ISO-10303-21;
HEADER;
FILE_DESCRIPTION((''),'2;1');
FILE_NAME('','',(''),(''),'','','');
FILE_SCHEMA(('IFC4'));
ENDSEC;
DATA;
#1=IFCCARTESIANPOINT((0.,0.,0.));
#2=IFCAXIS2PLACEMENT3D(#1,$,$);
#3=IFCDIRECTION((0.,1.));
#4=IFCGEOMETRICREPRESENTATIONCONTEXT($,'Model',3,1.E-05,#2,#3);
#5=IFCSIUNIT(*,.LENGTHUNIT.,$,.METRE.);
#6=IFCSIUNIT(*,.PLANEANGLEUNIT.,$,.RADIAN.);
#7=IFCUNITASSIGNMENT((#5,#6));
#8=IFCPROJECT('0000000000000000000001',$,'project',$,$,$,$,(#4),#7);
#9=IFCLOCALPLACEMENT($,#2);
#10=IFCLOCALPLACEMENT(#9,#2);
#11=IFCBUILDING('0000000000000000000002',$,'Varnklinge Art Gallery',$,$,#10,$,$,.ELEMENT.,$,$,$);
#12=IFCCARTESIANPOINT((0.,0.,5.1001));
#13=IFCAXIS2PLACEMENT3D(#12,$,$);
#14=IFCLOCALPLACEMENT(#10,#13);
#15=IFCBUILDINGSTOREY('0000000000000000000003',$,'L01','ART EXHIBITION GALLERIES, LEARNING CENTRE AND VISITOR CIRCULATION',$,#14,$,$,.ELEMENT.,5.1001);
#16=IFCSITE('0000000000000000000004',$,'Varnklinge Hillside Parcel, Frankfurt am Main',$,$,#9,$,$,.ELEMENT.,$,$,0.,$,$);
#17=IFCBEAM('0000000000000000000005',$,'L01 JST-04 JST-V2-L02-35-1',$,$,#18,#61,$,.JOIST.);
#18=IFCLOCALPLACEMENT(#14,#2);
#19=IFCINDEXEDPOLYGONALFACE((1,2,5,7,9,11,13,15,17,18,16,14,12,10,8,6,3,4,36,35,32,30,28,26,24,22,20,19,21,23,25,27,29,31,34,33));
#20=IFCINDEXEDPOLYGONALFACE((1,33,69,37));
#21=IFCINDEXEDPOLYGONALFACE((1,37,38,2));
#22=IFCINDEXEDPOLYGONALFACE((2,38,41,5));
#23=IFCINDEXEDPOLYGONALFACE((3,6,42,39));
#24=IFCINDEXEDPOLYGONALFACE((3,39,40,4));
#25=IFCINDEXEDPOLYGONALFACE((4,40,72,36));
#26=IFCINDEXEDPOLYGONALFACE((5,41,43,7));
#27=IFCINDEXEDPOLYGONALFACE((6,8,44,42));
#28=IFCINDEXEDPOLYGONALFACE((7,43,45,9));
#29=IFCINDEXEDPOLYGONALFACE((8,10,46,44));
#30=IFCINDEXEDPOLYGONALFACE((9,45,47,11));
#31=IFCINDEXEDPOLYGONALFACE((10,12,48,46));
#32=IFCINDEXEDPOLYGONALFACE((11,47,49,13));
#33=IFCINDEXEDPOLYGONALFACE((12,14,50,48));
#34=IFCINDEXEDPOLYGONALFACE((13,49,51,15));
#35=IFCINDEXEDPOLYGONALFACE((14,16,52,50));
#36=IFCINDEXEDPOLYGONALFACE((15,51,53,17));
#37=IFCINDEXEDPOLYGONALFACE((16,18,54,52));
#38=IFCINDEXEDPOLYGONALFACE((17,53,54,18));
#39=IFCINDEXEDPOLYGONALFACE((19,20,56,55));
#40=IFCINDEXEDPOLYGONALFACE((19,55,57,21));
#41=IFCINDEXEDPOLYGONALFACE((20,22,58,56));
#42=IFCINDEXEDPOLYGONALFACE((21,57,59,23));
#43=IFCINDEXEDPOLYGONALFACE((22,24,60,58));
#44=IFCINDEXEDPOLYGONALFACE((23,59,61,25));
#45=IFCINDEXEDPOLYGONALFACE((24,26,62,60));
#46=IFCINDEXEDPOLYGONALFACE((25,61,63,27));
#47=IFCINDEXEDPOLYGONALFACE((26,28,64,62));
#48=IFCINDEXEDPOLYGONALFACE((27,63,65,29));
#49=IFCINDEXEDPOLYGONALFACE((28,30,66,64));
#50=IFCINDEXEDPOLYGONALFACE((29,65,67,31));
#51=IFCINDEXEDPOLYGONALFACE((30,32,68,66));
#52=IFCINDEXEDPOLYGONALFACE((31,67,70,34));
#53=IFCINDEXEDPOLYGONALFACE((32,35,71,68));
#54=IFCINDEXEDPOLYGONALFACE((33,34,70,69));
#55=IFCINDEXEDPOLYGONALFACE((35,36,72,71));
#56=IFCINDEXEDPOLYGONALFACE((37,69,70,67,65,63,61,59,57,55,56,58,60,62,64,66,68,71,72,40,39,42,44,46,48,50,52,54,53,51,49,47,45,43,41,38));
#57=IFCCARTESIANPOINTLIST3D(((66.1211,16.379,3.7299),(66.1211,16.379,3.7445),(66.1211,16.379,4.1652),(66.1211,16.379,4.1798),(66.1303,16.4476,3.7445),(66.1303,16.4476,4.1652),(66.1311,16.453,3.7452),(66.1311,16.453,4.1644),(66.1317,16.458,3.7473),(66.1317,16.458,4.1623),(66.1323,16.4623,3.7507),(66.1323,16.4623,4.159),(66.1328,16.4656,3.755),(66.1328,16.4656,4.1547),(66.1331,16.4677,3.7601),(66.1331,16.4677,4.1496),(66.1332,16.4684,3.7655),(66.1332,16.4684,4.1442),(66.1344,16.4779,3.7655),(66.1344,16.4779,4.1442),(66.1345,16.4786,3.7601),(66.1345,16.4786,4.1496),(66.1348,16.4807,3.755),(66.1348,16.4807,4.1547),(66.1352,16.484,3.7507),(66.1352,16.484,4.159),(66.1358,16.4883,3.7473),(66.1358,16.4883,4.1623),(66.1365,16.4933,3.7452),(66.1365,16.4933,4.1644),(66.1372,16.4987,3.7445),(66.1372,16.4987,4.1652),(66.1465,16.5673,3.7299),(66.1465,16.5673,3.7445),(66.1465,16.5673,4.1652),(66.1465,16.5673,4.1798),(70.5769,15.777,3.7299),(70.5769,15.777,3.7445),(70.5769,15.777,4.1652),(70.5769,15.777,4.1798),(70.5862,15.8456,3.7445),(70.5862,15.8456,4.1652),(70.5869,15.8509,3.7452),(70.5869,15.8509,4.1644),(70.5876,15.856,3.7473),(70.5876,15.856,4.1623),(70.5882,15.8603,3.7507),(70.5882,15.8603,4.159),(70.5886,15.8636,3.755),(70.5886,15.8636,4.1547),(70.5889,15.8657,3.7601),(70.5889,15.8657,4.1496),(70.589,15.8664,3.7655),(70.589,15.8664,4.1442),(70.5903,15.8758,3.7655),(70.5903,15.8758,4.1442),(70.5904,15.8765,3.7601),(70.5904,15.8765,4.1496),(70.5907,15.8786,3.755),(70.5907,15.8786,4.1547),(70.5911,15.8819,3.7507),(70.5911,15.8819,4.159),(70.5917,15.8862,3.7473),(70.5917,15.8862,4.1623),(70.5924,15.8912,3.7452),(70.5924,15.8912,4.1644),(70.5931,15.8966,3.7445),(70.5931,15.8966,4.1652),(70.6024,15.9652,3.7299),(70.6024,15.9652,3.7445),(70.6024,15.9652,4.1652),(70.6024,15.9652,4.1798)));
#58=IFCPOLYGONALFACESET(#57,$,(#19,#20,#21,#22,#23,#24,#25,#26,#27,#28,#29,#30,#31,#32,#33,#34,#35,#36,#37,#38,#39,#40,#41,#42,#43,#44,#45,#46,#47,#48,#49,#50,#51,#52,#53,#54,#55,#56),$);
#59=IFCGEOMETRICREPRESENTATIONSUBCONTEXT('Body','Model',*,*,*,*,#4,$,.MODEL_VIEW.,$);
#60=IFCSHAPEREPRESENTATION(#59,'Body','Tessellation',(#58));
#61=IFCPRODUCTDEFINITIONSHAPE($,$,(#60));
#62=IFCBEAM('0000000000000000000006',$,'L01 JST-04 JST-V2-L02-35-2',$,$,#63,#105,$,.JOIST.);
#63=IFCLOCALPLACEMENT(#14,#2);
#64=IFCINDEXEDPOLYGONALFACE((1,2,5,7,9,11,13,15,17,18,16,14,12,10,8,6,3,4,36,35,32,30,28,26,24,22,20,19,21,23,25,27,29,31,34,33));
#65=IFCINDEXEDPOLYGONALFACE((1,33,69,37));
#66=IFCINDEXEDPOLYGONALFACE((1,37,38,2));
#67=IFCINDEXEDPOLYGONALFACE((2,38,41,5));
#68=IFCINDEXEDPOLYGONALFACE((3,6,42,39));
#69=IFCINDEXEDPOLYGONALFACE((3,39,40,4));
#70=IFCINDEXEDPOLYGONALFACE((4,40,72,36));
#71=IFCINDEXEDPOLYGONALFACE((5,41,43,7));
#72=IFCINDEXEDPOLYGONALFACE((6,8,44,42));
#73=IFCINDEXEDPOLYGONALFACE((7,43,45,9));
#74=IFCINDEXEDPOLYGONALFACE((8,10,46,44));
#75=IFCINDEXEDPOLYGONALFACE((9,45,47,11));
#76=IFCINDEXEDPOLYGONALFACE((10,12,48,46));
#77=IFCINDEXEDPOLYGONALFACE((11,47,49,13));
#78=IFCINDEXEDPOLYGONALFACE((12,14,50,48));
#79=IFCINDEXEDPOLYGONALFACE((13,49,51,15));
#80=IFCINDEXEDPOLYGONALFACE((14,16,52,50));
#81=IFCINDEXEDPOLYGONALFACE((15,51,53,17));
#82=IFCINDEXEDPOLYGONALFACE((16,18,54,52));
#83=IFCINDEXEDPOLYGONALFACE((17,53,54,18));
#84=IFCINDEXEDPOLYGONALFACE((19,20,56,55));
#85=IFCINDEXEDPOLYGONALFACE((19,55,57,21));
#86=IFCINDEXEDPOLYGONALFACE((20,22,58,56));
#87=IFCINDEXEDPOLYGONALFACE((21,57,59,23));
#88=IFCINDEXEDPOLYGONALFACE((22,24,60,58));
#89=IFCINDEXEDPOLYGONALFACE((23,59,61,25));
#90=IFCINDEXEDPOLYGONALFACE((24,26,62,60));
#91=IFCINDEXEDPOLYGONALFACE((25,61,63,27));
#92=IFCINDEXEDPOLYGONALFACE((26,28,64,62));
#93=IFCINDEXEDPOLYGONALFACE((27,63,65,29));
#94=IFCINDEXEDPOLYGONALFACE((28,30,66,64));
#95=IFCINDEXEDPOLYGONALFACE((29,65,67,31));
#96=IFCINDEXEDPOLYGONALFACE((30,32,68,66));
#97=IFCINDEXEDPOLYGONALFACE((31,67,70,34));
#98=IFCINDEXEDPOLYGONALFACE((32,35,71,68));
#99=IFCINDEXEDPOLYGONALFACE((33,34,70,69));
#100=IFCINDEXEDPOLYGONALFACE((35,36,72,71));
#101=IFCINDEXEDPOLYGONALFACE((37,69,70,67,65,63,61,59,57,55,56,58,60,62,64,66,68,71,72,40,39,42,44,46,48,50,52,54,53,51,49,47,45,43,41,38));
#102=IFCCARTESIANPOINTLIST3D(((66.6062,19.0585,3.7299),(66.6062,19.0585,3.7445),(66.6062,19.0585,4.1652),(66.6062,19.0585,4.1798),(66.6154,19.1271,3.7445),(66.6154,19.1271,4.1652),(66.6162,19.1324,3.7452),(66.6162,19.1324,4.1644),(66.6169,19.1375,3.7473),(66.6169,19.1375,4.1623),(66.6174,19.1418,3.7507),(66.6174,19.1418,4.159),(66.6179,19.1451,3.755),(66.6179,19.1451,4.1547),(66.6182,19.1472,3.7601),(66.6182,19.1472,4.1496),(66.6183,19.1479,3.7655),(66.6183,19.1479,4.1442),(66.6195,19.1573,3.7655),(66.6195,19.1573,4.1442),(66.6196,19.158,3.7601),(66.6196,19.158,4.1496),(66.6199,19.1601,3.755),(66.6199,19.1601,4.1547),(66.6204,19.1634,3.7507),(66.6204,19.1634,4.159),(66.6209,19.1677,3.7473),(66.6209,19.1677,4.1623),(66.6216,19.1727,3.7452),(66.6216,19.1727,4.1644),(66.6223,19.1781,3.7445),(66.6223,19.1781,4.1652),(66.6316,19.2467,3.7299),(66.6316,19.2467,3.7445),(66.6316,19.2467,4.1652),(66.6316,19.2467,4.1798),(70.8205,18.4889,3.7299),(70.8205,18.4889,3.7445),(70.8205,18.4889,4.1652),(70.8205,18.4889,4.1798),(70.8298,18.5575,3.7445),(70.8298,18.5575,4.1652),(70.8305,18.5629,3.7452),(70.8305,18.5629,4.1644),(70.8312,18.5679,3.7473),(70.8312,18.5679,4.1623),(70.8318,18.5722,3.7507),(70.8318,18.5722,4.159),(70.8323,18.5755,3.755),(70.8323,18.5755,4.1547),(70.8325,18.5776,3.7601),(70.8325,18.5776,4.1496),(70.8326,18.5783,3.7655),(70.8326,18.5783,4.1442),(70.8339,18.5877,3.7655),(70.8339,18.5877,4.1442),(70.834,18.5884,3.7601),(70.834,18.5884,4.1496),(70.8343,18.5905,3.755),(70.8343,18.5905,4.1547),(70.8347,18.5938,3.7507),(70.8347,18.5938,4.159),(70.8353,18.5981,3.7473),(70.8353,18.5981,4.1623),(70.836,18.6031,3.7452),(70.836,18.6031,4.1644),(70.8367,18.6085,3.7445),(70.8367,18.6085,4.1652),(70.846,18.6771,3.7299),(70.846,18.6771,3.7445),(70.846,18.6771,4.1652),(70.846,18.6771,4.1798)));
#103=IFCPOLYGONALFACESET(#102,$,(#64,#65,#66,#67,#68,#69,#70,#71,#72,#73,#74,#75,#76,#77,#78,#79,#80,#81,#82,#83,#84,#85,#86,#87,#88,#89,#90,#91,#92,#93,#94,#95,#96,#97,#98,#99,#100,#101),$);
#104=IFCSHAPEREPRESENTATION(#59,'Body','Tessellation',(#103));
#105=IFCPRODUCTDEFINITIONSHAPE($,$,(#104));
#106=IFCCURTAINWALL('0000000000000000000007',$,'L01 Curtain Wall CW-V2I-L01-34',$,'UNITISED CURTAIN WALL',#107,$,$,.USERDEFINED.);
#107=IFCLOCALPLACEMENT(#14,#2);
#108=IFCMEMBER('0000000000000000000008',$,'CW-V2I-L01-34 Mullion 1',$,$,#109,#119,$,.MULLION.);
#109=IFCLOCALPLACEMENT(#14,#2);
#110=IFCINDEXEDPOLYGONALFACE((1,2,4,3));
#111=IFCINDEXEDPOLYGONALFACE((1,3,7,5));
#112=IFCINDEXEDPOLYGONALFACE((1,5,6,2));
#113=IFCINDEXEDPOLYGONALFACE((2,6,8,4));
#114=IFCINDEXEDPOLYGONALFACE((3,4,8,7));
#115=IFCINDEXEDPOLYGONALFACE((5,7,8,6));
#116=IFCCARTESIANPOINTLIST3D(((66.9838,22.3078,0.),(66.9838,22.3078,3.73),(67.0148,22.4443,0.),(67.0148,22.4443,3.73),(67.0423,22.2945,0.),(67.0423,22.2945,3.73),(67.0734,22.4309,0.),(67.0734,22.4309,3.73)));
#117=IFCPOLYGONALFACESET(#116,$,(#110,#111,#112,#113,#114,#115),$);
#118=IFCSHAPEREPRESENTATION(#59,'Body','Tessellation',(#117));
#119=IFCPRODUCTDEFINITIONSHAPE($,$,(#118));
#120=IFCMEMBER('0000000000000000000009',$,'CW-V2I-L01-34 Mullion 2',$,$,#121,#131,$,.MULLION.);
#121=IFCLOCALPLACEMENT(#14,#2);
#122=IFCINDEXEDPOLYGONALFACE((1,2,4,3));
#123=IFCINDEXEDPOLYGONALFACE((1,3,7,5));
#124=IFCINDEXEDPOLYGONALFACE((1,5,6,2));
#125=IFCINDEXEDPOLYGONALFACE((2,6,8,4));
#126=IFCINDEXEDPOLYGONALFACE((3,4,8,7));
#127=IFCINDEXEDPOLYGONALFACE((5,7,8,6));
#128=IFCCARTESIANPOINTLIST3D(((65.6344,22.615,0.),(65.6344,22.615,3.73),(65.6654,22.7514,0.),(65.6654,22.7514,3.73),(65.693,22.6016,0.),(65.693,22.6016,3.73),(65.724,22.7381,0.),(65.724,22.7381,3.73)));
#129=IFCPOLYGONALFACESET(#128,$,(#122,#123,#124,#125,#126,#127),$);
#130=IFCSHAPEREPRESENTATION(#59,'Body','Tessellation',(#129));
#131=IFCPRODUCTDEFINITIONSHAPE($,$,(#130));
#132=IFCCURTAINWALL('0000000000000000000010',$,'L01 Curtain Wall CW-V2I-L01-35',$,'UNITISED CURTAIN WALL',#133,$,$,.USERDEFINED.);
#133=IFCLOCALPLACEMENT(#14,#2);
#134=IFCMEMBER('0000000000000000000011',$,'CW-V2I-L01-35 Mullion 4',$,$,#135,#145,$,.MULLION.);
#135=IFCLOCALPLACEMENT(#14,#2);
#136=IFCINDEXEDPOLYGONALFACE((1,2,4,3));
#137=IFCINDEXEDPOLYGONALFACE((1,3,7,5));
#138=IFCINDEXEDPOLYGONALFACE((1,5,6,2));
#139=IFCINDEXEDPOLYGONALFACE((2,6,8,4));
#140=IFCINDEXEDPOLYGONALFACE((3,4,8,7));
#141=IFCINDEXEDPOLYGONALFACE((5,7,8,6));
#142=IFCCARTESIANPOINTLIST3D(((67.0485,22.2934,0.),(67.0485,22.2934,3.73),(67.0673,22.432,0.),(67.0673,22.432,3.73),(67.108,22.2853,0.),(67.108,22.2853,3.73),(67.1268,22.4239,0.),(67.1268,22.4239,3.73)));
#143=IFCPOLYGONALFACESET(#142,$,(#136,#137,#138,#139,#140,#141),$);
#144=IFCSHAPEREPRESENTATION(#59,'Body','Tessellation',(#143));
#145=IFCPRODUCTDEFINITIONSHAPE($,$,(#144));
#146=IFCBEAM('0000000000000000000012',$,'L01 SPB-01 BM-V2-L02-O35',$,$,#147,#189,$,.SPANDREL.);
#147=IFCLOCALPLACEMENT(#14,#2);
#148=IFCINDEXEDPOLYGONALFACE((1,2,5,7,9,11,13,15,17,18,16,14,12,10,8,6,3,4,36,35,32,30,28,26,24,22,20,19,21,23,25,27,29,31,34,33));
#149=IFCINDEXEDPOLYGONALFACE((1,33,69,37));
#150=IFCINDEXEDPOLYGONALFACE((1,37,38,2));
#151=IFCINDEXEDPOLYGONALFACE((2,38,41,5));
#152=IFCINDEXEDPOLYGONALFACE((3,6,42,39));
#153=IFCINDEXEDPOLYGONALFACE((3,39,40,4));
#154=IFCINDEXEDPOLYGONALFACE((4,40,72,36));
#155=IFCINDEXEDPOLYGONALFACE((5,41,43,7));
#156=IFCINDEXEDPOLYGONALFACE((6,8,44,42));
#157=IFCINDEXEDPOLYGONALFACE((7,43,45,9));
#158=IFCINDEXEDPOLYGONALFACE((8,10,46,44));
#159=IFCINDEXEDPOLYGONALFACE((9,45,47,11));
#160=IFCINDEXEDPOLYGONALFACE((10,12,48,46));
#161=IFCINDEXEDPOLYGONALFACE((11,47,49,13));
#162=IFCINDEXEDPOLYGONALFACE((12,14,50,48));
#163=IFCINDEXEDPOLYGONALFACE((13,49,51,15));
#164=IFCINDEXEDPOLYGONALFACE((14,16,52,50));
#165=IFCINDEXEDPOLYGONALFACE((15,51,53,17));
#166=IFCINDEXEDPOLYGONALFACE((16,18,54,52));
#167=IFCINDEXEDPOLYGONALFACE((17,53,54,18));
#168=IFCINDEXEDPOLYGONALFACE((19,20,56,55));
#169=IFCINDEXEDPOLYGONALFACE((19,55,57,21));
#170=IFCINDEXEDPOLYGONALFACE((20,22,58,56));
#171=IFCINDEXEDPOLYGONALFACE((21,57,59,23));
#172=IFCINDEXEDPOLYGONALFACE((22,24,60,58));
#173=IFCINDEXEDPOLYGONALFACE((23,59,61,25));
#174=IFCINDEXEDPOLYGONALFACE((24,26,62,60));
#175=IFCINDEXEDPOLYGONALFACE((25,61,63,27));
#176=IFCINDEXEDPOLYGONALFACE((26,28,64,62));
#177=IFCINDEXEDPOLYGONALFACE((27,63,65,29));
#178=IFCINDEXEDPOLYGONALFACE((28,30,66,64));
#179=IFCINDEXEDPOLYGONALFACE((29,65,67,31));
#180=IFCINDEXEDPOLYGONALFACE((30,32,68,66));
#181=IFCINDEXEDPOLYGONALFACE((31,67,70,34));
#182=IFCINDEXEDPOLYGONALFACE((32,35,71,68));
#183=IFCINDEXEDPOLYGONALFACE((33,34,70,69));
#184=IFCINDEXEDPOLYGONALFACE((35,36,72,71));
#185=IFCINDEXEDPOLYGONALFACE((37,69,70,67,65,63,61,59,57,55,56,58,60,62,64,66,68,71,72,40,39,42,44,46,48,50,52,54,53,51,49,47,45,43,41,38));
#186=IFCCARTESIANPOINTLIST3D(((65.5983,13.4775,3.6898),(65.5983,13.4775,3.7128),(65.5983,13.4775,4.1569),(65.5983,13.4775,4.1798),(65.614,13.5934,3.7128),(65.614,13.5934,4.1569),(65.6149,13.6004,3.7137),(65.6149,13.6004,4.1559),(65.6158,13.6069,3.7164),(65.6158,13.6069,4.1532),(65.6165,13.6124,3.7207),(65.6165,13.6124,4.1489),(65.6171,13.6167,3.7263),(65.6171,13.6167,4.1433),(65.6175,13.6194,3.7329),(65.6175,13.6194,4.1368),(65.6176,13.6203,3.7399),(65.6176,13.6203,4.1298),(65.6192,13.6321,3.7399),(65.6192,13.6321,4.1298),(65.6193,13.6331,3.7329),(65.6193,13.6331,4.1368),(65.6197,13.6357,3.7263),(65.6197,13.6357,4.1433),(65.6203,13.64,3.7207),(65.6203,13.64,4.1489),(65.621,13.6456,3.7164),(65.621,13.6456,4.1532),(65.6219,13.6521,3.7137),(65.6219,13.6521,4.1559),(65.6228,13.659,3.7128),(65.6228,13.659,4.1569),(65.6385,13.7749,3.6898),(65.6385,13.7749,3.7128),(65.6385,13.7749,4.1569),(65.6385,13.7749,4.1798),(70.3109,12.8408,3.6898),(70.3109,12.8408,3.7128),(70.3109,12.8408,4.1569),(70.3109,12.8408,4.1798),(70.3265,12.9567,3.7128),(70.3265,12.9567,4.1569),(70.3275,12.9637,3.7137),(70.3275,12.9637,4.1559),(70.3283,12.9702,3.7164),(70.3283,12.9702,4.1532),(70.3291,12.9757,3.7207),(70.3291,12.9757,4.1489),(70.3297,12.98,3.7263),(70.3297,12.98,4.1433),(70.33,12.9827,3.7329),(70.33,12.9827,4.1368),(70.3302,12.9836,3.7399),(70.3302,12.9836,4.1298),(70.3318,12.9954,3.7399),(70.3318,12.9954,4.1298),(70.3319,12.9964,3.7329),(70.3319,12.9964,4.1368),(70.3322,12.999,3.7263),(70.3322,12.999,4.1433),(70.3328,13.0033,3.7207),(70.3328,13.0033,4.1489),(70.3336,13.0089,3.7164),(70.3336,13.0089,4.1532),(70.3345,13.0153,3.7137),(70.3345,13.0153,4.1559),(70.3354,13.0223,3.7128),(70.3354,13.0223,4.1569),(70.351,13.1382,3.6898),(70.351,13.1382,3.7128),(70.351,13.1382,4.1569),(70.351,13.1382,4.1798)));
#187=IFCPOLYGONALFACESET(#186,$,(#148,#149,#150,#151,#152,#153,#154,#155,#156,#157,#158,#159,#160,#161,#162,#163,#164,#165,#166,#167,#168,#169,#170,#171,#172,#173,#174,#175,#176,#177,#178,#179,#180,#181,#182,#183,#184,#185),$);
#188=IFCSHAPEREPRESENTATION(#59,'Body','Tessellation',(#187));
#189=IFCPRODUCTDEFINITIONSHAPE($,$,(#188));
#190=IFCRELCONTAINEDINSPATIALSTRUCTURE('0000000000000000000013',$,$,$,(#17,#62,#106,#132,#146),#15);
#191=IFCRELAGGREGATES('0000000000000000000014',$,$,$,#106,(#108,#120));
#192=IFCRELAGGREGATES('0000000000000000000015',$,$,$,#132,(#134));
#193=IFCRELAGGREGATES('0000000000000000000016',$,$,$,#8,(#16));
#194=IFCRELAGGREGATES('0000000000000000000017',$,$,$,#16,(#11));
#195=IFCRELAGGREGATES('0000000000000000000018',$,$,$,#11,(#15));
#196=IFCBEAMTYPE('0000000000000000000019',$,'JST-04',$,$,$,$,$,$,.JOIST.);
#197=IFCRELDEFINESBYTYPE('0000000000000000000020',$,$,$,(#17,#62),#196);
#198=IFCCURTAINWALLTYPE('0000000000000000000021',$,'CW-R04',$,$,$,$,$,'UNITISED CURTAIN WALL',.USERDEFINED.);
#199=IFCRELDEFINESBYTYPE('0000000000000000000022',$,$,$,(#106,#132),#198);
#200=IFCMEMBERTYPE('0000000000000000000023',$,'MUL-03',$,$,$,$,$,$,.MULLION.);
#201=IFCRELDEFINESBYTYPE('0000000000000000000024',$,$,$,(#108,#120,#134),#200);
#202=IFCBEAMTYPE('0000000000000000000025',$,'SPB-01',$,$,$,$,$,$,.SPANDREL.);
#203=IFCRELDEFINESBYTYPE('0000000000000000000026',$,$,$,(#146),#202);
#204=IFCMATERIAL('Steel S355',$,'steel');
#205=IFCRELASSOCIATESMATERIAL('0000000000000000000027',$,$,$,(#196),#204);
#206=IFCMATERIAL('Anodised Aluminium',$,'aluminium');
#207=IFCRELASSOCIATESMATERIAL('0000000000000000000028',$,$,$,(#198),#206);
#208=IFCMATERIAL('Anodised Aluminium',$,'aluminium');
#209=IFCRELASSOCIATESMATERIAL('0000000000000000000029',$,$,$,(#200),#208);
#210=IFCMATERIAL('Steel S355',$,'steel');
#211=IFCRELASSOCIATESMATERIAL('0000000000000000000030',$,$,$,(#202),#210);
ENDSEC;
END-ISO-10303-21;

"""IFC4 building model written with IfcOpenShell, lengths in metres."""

from ifc_helpers import new_model, si_unit, direction, frame, origin, origin_2d, place, context, subcontext, project, spatial, rectangle, i_section, extrude, material, material_profile, profile_set, type_object, element, aggregate, save


model = new_model("IFC4")

# Units and contexts
model_context = context("Model", 3, precision=1e-05, world=origin(), true_north=direction((0.0, 1.0)))
body_context = subcontext(model_context, "Body", "Model", "MODEL_VIEW")
ifc_project = project(units=[si_unit("LENGTHUNIT", "METRE"), si_unit("PLANEANGLEUNIT", "RADIAN")], contexts=[model_context])

# Site, building, storey
site_placement = place(None, origin())
site = spatial("IfcSite", under=ifc_project, at=site_placement, Name="Varnklinge Hillside Parcel, Frankfurt am Main", CompositionType="ELEMENT", RefElevation=0.0)
building_placement = place(site_placement, origin())
building = spatial("IfcBuilding", under=site, at=building_placement, Name="Varnklinge Art Gallery", CompositionType="ELEMENT")
storey_placement = place(building_placement, frame((0.0, 0.0, 5.1001)))
storey = spatial("IfcBuildingStorey", under=building, at=storey_placement, Name="L01", Description="ART EXHIBITION GALLERIES, LEARNING CENTRE AND VISITOR CIRCULATION", CompositionType="ELEMENT", Elevation=5.1001)

# Beams
ifc_material_1 = material(Name="Steel S355", Category="steel")
ifc_material_profile_1 = material_profile(ifc_material_1, i_section(OverallWidth=0.1899, OverallDepth=0.45, WebThickness=0.0095, FlangeThickness=0.0146, FilletRadius=0.021, at=origin_2d()), Name="IPE 450")
ifc_profile_set_1 = profile_set([ifc_material_profile_1], Name="Steel S355")
beam_type_1 = type_object("IfcBeamType", Name="JST-04", PredefinedType="JOIST", material=ifc_profile_set_1)
beam_1_placement = place(storey_placement, frame((66.1338, 16.4731, 3.9548), z_axis=(0.990995, -0.133899, 0.0), x_axis=(0.133899, 0.990995, 0.0)))
element("IfcBeam", 1, at=beam_1_placement, inside=storey, type_object=beam_type_1, Name="L01 JST-04 JST-V2-L02-35-1", PredefinedType="JOIST", context=body_context, shape_type="SweptSolid", body=[
    extrude(i_section(OverallWidth=0.1899, OverallDepth=0.45, WebThickness=0.0095, FlangeThickness=0.0146, FilletRadius=0.021, at=origin_2d()), origin(), (0.0, 0.0, 1.0), 4.4963),
])
beam_2_placement = place(storey_placement, frame((66.6189, 19.1526, 3.9548), z_axis=(0.99099, -0.133935, 0.0), x_axis=(0.133935, 0.99099, 0.0)))
element("IfcBeam", 2, at=beam_2_placement, inside=storey, type_object=beam_type_1, Name="L01 JST-04 JST-V2-L02-35-2", PredefinedType="JOIST", context=body_context, shape_type="SweptSolid", body=[
    extrude(i_section(OverallWidth=0.1899, OverallDepth=0.45, WebThickness=0.0095, FlangeThickness=0.0146, FilletRadius=0.021, at=origin_2d()), origin(), (0.0, 0.0, 1.0), 4.2527),
])

# Curtain wall, members
ifc_material_2 = material(Name="Anodised Aluminium", Category="aluminium")
curtain_wall_type = type_object("IfcCurtainWallType", Name="CW-R04", ElementType="UNITISED CURTAIN WALL", PredefinedType="USERDEFINED", material=ifc_material_2)
curtain_wall_1_placement = place(storey_placement, origin())
curtain_wall_1 = element("IfcCurtainWall", 3, at=curtain_wall_1_placement, inside=storey, type_object=curtain_wall_type, Name="L01 Curtain Wall CW-V2I-L01-34", ObjectType="UNITISED CURTAIN WALL", PredefinedType="USERDEFINED")
ifc_material_3 = material(Name="Anodised Aluminium", Category="aluminium")
ifc_material_profile_2 = material_profile(ifc_material_3, rectangle(XDim=0.0601, YDim=0.1399, at=origin_2d()), Name="ALU 60x140")
ifc_profile_set_2 = profile_set([ifc_material_profile_2], Name="Anodised Aluminium")
member_type_1 = type_object("IfcMemberType", Name="MUL-03", PredefinedType="MULLION", material=ifc_profile_set_2)
member_1_placement = place(storey_placement, frame((67.0286, 22.3694, 0.0), z_axis=(0.0, 0.0, 1.0), x_axis=(-0.975072, 0.221889, 0.0)))
member_1 = element("IfcMember", 4, at=member_1_placement, type_object=member_type_1, Name="CW-V2I-L01-34 Mullion 1", PredefinedType="MULLION", context=body_context, shape_type="SweptSolid", body=[
    extrude(rectangle(XDim=0.0601, YDim=0.1399, at=origin_2d()), origin(), (0.0, 0.0, 1.0), 3.73),
])
member_2_placement = place(storey_placement, frame((65.6792, 22.6765, 0.0), z_axis=(0.0, 0.0, 1.0), x_axis=(-0.975072, 0.221889, 0.0)))
member_2 = element("IfcMember", 5, at=member_2_placement, type_object=member_type_1, Name="CW-V2I-L01-34 Mullion 2", PredefinedType="MULLION", context=body_context, shape_type="SweptSolid", body=[
    extrude(rectangle(XDim=0.0601, YDim=0.1399, at=origin_2d()), origin(), (0.0, 0.0, 1.0), 3.73),
])

# Curtain wall, member
curtain_wall_2_placement = place(storey_placement, origin())
curtain_wall_2 = element("IfcCurtainWall", 6, at=curtain_wall_2_placement, inside=storey, type_object=curtain_wall_type, Name="L01 Curtain Wall CW-V2I-L01-35", ObjectType="UNITISED CURTAIN WALL", PredefinedType="USERDEFINED")
member_3_placement = place(storey_placement, frame((67.0876, 22.3586, 0.0), z_axis=(0.0, 0.0, 1.0), x_axis=(-0.990983, 0.133986, 0.0)))
member_3 = element("IfcMember", 7, at=member_3_placement, type_object=member_type_1, Name="CW-V2I-L01-35 Mullion 4", PredefinedType="MULLION", context=body_context, shape_type="SweptSolid", body=[
    extrude(rectangle(XDim=0.0601, YDim=0.1399, at=origin_2d()), origin(), (0.0, 0.0, 1.0), 3.73),
])

# Beam
ifc_material_4 = material(Name="Steel S355", Category="steel")
ifc_material_profile_3 = material_profile(ifc_material_4, i_section(OverallWidth=0.3, OverallDepth=0.49, WebThickness=0.012, FlangeThickness=0.0229, FilletRadius=0.0271, at=origin_2d()), Name="HEA 500")
ifc_profile_set_3 = profile_set([ifc_material_profile_3], Name="Steel S355")
beam_type_2 = type_object("IfcBeamType", Name="SPB-01", PredefinedType="SPANDREL", material=ifc_profile_set_3)
beam_3_placement = place(storey_placement, frame((65.6184, 13.6262, 3.9348), z_axis=(0.990996, -0.133892, 0.0), x_axis=(0.133892, 0.990996, 0.0)))
element("IfcBeam", 8, at=beam_3_placement, inside=storey, type_object=beam_type_2, Name="L01 SPB-01 BM-V2-L02-O35", PredefinedType="SPANDREL", context=body_context, shape_type="SweptSolid", body=[
    extrude(i_section(OverallWidth=0.3, OverallDepth=0.49, WebThickness=0.012, FlangeThickness=0.0229, FilletRadius=0.0271, at=origin_2d()), origin(), (0.0, 0.0, 1.0), 4.7554),
])

aggregate(curtain_wall_1, [member_1, member_2])
aggregate(curtain_wall_2, [member_3])

save(model, "model.ifc")
